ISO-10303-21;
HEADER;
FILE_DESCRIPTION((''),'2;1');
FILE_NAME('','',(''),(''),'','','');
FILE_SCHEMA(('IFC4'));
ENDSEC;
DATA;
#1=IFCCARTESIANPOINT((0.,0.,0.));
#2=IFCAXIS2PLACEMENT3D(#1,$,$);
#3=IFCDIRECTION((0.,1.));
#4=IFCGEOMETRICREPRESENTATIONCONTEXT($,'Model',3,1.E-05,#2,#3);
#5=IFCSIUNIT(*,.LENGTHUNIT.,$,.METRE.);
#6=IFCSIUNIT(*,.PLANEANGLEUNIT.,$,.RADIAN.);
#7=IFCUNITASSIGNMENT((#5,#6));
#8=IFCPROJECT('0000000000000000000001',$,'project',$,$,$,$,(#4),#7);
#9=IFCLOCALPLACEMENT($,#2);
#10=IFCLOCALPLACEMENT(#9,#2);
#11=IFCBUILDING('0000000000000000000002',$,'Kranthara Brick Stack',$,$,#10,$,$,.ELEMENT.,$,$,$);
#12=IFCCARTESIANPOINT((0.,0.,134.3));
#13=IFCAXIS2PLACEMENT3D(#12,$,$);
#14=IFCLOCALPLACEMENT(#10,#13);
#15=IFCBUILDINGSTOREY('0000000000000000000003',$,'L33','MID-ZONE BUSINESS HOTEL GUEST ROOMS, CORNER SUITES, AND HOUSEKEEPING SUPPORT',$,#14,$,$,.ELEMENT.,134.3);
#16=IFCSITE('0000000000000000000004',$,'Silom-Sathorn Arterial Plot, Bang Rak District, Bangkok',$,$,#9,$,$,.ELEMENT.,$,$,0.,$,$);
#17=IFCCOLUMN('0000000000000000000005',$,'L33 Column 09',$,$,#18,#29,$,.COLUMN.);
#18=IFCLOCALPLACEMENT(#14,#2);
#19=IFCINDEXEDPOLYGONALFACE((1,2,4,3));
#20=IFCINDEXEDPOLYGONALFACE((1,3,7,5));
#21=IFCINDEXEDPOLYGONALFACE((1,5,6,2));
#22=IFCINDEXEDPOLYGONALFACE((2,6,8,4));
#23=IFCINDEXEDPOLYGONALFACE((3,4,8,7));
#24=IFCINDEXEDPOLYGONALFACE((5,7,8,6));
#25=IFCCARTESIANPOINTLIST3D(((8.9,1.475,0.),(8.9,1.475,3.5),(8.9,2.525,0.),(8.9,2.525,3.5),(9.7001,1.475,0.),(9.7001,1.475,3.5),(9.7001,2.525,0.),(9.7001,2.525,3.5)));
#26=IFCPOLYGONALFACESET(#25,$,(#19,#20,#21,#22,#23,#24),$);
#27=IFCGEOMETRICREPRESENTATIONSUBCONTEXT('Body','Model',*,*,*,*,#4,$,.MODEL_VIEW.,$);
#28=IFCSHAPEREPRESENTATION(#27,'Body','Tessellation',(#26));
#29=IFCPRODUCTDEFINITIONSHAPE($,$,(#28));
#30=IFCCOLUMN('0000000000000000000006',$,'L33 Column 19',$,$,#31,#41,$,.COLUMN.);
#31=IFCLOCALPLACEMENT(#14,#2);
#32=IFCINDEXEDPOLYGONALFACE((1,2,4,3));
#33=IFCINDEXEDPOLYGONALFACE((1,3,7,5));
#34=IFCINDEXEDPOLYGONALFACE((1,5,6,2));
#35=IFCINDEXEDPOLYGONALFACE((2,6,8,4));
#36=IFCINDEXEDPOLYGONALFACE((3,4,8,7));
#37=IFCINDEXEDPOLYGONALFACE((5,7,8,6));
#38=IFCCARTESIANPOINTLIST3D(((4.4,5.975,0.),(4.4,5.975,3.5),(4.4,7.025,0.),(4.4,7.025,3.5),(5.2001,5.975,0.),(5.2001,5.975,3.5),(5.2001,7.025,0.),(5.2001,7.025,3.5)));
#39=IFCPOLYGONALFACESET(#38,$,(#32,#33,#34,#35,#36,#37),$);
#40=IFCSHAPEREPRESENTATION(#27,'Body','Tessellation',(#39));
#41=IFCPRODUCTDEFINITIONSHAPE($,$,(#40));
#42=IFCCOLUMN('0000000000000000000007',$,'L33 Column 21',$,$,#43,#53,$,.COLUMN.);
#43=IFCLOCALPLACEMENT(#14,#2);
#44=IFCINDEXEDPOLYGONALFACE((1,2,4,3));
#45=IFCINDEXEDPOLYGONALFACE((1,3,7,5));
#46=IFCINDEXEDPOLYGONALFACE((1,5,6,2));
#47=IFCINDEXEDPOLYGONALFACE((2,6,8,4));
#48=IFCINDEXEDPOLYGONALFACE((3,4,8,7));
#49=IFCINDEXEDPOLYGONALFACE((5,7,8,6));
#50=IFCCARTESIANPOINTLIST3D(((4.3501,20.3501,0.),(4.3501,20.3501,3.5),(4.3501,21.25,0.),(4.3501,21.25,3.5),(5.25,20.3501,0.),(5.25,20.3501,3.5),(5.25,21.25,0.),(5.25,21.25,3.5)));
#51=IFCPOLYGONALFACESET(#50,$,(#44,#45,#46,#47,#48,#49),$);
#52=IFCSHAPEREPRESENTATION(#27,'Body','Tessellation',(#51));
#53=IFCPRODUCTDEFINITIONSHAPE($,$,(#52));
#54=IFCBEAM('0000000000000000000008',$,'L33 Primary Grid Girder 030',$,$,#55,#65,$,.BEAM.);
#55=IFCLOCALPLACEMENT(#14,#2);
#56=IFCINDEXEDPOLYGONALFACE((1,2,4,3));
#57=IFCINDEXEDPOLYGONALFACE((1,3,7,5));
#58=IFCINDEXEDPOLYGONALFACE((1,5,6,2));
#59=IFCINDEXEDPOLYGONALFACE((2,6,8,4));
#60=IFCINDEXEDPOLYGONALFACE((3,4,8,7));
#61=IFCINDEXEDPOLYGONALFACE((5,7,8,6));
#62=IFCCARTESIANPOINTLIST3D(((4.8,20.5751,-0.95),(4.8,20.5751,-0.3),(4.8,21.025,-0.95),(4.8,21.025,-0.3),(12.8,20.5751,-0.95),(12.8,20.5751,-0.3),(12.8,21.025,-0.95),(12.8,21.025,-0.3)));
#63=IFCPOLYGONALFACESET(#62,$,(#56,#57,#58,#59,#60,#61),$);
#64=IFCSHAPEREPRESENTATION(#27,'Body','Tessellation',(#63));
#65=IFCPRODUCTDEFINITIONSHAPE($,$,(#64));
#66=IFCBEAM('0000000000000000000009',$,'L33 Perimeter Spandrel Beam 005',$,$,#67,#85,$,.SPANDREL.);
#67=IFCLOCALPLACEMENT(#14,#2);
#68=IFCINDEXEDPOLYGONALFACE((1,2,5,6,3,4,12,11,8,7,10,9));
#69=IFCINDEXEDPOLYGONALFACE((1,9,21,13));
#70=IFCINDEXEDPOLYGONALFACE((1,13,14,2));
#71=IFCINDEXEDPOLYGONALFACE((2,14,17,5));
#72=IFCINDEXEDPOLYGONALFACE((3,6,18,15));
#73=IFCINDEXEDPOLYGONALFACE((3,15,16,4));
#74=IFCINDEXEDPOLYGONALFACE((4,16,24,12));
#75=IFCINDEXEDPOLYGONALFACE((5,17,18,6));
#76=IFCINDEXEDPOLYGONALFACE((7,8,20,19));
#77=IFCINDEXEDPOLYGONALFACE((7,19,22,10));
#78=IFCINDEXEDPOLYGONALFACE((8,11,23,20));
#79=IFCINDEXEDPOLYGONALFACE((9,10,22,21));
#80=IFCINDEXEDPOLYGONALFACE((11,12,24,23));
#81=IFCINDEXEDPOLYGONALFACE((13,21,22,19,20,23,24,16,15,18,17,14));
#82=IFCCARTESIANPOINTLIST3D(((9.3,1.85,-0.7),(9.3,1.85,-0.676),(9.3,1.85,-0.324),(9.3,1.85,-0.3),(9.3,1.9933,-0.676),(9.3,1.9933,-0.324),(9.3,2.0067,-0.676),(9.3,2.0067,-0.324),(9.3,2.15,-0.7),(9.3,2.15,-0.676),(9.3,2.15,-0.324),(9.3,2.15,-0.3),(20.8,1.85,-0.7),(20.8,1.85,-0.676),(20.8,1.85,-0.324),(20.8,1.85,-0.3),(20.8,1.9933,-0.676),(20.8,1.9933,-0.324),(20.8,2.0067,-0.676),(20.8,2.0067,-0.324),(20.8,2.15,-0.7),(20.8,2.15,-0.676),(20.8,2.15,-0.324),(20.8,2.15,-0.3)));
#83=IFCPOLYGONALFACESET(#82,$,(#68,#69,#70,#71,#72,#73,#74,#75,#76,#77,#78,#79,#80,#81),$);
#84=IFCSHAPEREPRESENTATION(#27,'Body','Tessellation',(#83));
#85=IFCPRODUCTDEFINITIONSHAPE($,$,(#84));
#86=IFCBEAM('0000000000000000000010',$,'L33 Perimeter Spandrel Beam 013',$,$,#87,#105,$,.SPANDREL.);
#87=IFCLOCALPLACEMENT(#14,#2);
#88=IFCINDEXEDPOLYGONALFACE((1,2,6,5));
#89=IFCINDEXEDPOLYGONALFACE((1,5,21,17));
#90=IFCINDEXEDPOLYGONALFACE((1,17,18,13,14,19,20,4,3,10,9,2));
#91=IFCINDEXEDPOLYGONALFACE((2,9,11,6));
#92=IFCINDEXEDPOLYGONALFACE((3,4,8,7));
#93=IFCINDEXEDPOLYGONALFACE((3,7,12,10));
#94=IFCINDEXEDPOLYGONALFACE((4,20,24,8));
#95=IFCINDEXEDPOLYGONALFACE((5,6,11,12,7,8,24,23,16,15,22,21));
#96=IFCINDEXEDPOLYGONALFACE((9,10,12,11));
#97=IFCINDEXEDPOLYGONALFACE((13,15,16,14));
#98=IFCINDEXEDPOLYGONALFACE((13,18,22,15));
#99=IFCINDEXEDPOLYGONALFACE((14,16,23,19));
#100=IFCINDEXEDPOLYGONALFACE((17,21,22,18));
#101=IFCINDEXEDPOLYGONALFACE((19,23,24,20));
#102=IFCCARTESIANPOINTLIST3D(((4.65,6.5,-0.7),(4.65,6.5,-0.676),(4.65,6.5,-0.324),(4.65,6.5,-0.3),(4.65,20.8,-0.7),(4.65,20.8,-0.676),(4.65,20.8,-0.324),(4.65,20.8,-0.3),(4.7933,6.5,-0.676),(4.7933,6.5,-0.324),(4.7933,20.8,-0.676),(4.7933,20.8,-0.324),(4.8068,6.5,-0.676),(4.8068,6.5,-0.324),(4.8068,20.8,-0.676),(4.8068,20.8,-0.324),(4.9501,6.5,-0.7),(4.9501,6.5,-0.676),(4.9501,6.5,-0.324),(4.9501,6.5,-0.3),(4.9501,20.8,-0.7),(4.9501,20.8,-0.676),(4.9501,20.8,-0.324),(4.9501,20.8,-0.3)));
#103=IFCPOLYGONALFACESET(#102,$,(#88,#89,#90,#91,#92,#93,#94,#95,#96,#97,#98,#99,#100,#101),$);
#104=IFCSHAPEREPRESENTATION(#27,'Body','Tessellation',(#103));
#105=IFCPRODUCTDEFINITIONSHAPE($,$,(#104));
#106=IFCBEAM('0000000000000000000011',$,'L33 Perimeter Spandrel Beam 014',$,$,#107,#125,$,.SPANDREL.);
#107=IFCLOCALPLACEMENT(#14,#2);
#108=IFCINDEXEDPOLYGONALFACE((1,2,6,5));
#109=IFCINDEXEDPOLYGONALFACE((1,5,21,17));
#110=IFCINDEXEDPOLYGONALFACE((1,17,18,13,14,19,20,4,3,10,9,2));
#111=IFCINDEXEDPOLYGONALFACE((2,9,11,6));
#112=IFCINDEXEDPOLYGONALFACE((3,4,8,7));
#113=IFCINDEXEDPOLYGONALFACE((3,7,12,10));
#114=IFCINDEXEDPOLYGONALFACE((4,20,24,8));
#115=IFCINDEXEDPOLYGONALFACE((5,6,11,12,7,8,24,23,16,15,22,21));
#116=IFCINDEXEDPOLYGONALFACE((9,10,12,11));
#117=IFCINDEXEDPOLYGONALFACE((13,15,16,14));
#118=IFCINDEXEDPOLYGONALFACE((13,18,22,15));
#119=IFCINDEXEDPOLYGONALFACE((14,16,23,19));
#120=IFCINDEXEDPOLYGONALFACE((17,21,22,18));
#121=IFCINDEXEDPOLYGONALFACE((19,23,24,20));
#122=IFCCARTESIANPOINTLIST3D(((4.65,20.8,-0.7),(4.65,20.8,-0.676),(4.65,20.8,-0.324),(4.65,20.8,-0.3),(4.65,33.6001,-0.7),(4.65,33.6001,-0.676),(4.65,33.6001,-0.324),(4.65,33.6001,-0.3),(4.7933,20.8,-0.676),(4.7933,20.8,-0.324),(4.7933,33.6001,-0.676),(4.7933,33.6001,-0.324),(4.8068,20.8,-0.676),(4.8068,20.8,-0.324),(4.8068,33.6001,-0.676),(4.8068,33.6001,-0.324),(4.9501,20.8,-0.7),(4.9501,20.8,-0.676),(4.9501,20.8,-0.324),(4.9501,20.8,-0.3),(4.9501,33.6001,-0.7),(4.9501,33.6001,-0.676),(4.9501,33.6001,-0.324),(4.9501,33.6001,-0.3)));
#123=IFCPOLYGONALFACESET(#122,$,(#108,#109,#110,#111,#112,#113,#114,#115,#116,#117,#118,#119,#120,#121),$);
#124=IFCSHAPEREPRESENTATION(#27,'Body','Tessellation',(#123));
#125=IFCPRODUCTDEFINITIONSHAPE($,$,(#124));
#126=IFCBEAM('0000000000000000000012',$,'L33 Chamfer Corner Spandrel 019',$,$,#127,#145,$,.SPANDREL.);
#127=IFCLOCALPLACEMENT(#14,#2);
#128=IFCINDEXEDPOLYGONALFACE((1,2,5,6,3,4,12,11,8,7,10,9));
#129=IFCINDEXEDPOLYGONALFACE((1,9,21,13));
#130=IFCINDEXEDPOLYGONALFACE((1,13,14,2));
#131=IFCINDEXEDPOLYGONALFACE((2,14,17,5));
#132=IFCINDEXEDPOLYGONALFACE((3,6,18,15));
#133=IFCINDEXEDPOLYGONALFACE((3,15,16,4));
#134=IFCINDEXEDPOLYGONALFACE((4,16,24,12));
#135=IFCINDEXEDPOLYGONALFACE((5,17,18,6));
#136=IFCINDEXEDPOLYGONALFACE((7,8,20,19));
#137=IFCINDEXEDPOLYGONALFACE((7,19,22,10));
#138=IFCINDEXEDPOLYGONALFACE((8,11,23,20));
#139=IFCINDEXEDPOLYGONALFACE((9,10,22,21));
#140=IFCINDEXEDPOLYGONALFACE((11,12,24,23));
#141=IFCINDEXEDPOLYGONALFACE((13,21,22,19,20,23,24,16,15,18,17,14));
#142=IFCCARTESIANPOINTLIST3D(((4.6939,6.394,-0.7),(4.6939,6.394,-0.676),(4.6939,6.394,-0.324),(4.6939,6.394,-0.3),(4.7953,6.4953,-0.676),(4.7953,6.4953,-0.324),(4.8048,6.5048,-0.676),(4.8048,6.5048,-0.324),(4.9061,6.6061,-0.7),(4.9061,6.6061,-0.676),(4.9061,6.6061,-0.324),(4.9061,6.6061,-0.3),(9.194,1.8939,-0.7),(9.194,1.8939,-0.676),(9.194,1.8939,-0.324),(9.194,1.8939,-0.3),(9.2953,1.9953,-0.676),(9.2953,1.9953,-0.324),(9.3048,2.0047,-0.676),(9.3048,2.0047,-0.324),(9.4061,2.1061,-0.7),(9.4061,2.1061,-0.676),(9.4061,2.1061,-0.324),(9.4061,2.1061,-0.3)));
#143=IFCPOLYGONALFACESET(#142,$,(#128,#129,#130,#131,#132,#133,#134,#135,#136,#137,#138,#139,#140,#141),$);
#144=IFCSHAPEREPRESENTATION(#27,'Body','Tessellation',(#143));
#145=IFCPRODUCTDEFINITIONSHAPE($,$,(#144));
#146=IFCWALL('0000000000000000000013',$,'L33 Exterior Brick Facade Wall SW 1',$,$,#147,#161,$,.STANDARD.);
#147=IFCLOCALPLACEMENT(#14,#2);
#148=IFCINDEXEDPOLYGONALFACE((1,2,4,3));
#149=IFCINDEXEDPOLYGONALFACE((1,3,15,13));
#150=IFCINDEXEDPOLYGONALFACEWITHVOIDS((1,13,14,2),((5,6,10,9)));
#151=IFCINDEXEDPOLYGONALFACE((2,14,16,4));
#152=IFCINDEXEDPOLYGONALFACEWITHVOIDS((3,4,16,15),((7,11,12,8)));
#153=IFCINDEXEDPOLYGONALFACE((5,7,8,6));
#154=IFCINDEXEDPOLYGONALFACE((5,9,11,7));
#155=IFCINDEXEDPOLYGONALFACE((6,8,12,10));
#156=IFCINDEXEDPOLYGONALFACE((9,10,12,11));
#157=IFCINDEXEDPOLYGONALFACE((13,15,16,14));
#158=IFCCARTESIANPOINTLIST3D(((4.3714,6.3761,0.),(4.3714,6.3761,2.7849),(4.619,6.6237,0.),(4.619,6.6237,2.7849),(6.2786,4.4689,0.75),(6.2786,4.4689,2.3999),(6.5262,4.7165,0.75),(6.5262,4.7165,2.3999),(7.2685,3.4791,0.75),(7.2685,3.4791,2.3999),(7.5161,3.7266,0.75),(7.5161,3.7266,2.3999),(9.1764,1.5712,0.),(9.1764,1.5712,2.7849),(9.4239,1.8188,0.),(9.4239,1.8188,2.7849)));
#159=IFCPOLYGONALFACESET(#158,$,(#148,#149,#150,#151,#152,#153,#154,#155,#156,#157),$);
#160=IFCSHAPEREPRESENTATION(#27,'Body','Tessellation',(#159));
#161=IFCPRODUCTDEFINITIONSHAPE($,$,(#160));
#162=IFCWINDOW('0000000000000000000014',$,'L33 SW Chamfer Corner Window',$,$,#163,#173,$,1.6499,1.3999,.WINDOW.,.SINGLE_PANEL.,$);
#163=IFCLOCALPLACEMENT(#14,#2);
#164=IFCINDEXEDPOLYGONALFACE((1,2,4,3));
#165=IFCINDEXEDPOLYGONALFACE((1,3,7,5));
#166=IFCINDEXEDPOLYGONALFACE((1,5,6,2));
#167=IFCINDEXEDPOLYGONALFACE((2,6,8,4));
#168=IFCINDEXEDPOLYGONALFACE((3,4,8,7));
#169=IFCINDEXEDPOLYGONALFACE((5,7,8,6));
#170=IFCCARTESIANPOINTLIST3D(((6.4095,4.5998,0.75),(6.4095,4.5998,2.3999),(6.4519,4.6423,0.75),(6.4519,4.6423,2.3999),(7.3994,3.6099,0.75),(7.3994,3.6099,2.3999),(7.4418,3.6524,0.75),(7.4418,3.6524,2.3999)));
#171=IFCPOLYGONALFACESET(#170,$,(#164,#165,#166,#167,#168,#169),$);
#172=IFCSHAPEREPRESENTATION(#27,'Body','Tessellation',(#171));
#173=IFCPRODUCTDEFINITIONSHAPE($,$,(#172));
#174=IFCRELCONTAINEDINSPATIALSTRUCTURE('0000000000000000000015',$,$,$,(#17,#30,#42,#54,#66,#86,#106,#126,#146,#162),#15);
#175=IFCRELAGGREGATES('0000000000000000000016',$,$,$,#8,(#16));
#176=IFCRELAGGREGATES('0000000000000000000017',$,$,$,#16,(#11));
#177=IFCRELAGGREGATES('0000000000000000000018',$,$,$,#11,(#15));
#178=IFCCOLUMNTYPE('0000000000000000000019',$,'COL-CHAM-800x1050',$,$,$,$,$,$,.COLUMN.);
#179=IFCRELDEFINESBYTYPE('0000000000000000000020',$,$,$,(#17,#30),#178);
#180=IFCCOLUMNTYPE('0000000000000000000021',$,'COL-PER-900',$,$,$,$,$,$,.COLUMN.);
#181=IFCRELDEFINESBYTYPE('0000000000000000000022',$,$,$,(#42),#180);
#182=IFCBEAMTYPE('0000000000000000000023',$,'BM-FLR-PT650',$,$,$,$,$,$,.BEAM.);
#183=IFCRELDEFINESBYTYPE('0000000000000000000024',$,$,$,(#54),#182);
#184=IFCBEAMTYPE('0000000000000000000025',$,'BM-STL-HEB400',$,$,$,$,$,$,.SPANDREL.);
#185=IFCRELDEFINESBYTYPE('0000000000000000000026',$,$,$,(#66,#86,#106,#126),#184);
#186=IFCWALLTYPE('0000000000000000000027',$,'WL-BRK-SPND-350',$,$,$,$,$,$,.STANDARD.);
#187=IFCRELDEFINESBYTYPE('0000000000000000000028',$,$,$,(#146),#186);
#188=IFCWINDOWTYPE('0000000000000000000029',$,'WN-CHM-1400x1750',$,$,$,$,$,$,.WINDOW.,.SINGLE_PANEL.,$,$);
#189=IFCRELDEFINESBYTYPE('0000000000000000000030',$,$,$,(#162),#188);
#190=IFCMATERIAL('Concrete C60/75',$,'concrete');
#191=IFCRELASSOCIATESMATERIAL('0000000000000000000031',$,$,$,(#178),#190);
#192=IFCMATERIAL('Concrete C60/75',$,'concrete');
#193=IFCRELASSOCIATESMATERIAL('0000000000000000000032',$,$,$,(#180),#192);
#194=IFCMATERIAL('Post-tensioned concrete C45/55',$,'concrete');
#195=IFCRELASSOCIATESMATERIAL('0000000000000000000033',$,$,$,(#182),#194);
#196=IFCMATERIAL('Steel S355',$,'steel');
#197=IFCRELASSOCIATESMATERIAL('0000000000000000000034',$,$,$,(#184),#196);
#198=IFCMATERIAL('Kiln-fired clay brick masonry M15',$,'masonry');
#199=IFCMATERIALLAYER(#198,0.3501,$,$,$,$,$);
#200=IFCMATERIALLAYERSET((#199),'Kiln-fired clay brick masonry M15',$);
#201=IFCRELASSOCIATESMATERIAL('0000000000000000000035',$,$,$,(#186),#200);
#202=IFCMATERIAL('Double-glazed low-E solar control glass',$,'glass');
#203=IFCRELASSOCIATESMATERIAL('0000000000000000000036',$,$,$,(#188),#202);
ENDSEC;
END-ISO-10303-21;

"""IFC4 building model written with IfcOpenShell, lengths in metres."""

from ifc_helpers import new_model, si_unit, direction, frame, frame_2d, origin, origin_2d, place, context, subcontext, project, spatial, rectangle, i_section, extrude, material, layer, layer_set, material_profile, profile_set, type_object, element, fill, save


model = new_model("IFC4")

# Units and contexts
model_context = context("Model", 3, precision=1e-05, world=origin(), true_north=direction((0.0, 1.0)))
body_context = subcontext(model_context, "Body", "Model", "MODEL_VIEW")
ifc_project = project(units=[si_unit("LENGTHUNIT", "METRE"), si_unit("PLANEANGLEUNIT", "RADIAN")], contexts=[model_context])

# Site, building, storey
site_placement = place(None, origin())
site = spatial("IfcSite", under=ifc_project, at=site_placement, Name="Silom-Sathorn Arterial Plot, Bang Rak District, Bangkok", CompositionType="ELEMENT", RefElevation=0.0)
building_placement = place(site_placement, origin())
building = spatial("IfcBuilding", under=site, at=building_placement, Name="Kranthara Brick Stack", CompositionType="ELEMENT")
storey_placement = place(building_placement, frame((0.0, 0.0, 134.3)))
storey = spatial("IfcBuildingStorey", under=building, at=storey_placement, Name="L33", Description="MID-ZONE BUSINESS HOTEL GUEST ROOMS, CORNER SUITES, AND HOUSEKEEPING SUPPORT", CompositionType="ELEMENT", Elevation=134.3)

# Columns
ifc_material_1 = material(Name="Concrete C60/75", Category="concrete")
ifc_material_profile_1 = material_profile(ifc_material_1, rectangle(XDim=0.8, YDim=1.05, at=origin_2d()), Name="RC 800x1050")
ifc_profile_set_1 = profile_set([ifc_material_profile_1], Name="Concrete C60/75")
column_type_1 = type_object("IfcColumnType", Name="COL-CHAM-800x1050", PredefinedType="COLUMN", material=ifc_profile_set_1)
for number, where, z_axis, x_axis, name in (
    (1, (9.3, 2.0, 0.0), (0.0, 0.0, 1.0), (1.0, 0.0, 0.0), "L33 Column 09"),
    (2, (4.8, 6.5, 0.0), (0.0, 0.0, 1.0), (1.0, 0.0, 0.0), "L33 Column 19"),
):
    element("IfcColumn", number, at=place(storey_placement, frame(where, z_axis=z_axis, x_axis=x_axis)), inside=storey, type_object=column_type_1, Name=name, PredefinedType="COLUMN", context=body_context, shape_type="SweptSolid", body=[
        extrude(rectangle(XDim=0.8, YDim=1.05, at=origin_2d()), origin(), (0.0, 0.0, 1.0), 3.5),
    ])
ifc_material_2 = material(Name="Concrete C60/75", Category="concrete")
ifc_material_profile_2 = material_profile(ifc_material_2, rectangle(XDim=0.8999, YDim=0.8999, at=origin_2d()), Name="RC 900x900")
ifc_profile_set_2 = profile_set([ifc_material_profile_2], Name="Concrete C60/75")
column_type_2 = type_object("IfcColumnType", Name="COL-PER-900", PredefinedType="COLUMN", material=ifc_profile_set_2)
column_placement = place(storey_placement, frame((4.8, 20.8, 0.0), z_axis=(0.0, 0.0, 1.0), x_axis=(1.0, 0.0, 0.0)))
element("IfcColumn", 3, at=column_placement, inside=storey, type_object=column_type_2, Name="L33 Column 21", PredefinedType="COLUMN", context=body_context, shape_type="SweptSolid", body=[
    extrude(rectangle(XDim=0.8999, YDim=0.8999, at=origin_2d()), origin(), (0.0, 0.0, 1.0), 3.5),
])

# Beams
ifc_material_3 = material(Name="Post-tensioned concrete C45/55", Category="concrete")
ifc_material_profile_3 = material_profile(ifc_material_3, rectangle(XDim=0.45, YDim=0.6499, at=origin_2d()), Name="PT 450x650")
ifc_profile_set_3 = profile_set([ifc_material_profile_3], Name="Post-tensioned concrete C45/55")
beam_type_1 = type_object("IfcBeamType", Name="BM-FLR-PT650", PredefinedType="BEAM", material=ifc_profile_set_3)
beam_1_placement = place(storey_placement, frame((4.8, 20.8, -0.625), z_axis=(1.0, 0.0, 0.0), x_axis=(0.0, 1.0, 0.0)))
element("IfcBeam", 4, at=beam_1_placement, inside=storey, type_object=beam_type_1, Name="L33 Primary Grid Girder 030", PredefinedType="BEAM", context=body_context, shape_type="SweptSolid", body=[
    extrude(rectangle(XDim=0.45, YDim=0.6499, at=origin_2d()), origin(), (0.0, 0.0, 1.0), 8.0),
])
ifc_material_4 = material(Name="Steel S355", Category="steel")
ifc_material_profile_4 = material_profile(ifc_material_4, i_section(OverallWidth=0.3, OverallDepth=0.3999, WebThickness=0.0134, FlangeThickness=0.0239, at=origin_2d()), Name="HEB 400")
ifc_profile_set_4 = profile_set([ifc_material_profile_4], Name="Steel S355")
beam_type_2 = type_object("IfcBeamType", Name="BM-STL-HEB400", PredefinedType="SPANDREL", material=ifc_profile_set_4)
beam_2_placement = place(storey_placement, frame((9.3, 2.0, -0.5), z_axis=(1.0, 0.0, 0.0), x_axis=(0.0, 1.0, 0.0)))
element("IfcBeam", 5, at=beam_2_placement, inside=storey, type_object=beam_type_2, Name="L33 Perimeter Spandrel Beam 005", PredefinedType="SPANDREL", context=body_context, shape_type="SweptSolid", body=[
    extrude(i_section(OverallWidth=0.3, OverallDepth=0.3999, WebThickness=0.0134, FlangeThickness=0.0239, at=origin_2d()), origin(), (0.0, 0.0, 1.0), 11.5),
])
beam_3_placement = place(storey_placement, frame((4.8, 6.5, -0.5), z_axis=(0.0, 1.0, 0.0), x_axis=(-1.0, 0.0, 0.0)))
element("IfcBeam", 6, at=beam_3_placement, inside=storey, type_object=beam_type_2, Name="L33 Perimeter Spandrel Beam 013", PredefinedType="SPANDREL", context=body_context, shape_type="SweptSolid", body=[
    extrude(i_section(OverallWidth=0.3, OverallDepth=0.3999, WebThickness=0.0134, FlangeThickness=0.0239, at=origin_2d()), origin(), (0.0, 0.0, 1.0), 14.3),
])
beam_4_placement = place(storey_placement, frame((4.8, 20.8, -0.5), z_axis=(0.0, 1.0, 0.0), x_axis=(-1.0, 0.0, 0.0)))
element("IfcBeam", 7, at=beam_4_placement, inside=storey, type_object=beam_type_2, Name="L33 Perimeter Spandrel Beam 014", PredefinedType="SPANDREL", context=body_context, shape_type="SweptSolid", body=[
    extrude(i_section(OverallWidth=0.3, OverallDepth=0.3999, WebThickness=0.0134, FlangeThickness=0.0239, at=origin_2d()), origin(), (0.0, 0.0, 1.0), 12.8),
])
beam_5_placement = place(storey_placement, frame((9.3, 2.0, -0.5), z_axis=(-0.707107, 0.707107, 0.0), x_axis=(-0.707107, -0.707107, 0.0)))
element("IfcBeam", 8, at=beam_5_placement, inside=storey, type_object=beam_type_2, Name="L33 Chamfer Corner Spandrel 019", PredefinedType="SPANDREL", context=body_context, shape_type="SweptSolid", body=[
    extrude(i_section(OverallWidth=0.3, OverallDepth=0.3999, WebThickness=0.0134, FlangeThickness=0.0239, at=origin_2d()), origin(), (0.0, 0.0, 1.0), 6.364),
])

# Wall, opening, window
ifc_material_5 = material(Name="Kiln-fired clay brick masonry M15", Category="masonry")
ifc_layer_1 = layer(ifc_material_5, 0.3501)
ifc_layer_set_1 = layer_set([ifc_layer_1], Name="Kiln-fired clay brick masonry M15")
wall_type_1 = type_object("IfcWallType", Name="WL-BRK-SPND-350", PredefinedType="STANDARD", material=ifc_layer_set_1)
wall_1_placement = place(storey_placement, frame((9.3, 1.6951, 0.0), z_axis=(0.0, 0.0, 1.0), x_axis=(-0.707107, 0.707107, 0.0)))
wall_1 = element("IfcWall", 9, at=wall_1_placement, inside=storey, type_object=wall_type_1, Name="L33 Exterior Brick Facade Wall SW 1", PredefinedType="STANDARD", context=body_context, shape_type="SweptSolid", body=[
    extrude(rectangle(XDim=6.7952, YDim=0.3501, at=frame_2d((3.3975, 0.0))), origin(), (0.0, 0.0, 1.0), 2.7849),
])
opening_1_placement = place(wall_1_placement, frame((2.698, 0.0, 0.75)))
opening_1 = element("IfcOpeningElement", 10, at=opening_1_placement, cuts=wall_1, PredefinedType="OPENING", context=body_context, shape_type="SweptSolid", body=[
    extrude(rectangle(XDim=1.3999, YDim=1.6499, at=frame_2d((0.7, 0.825))), frame((0.0, 0.1851, 0.0), z_axis=(0.0, -1.0, 0.0), x_axis=(1.0, 0.0, 0.0)), (0.0, 0.0, 1.0), 0.3701),
])
ifc_material_6 = material(Name="Double-glazed low-E solar control glass", Category="glass")
window_type_1 = type_object("IfcWindowType", Name="WN-CHM-1400x1750", PartitioningType="SINGLE_PANEL", PredefinedType="WINDOW", material=ifc_material_6)
window_1_placement = place(opening_1_placement, origin())
window_1 = element("IfcWindow", 11, at=window_1_placement, inside=storey, type_object=window_type_1, Name="L33 SW Chamfer Corner Window", OverallHeight=1.6499, OverallWidth=1.3999, PartitioningType="SINGLE_PANEL", PredefinedType="WINDOW", context=body_context, shape_type="SweptSolid", body=[
    extrude(rectangle(XDim=1.3999, YDim=1.6499, at=frame_2d((0.7, 0.825))), frame((0.0, -0.01, 0.0), z_axis=(0.0, -1.0, 0.0), x_axis=(1.0, 0.0, 0.0)), (0.0, 0.0, 1.0), 0.0601),
])
fill(opening_1, window_1)

save(model, "model.ifc")
